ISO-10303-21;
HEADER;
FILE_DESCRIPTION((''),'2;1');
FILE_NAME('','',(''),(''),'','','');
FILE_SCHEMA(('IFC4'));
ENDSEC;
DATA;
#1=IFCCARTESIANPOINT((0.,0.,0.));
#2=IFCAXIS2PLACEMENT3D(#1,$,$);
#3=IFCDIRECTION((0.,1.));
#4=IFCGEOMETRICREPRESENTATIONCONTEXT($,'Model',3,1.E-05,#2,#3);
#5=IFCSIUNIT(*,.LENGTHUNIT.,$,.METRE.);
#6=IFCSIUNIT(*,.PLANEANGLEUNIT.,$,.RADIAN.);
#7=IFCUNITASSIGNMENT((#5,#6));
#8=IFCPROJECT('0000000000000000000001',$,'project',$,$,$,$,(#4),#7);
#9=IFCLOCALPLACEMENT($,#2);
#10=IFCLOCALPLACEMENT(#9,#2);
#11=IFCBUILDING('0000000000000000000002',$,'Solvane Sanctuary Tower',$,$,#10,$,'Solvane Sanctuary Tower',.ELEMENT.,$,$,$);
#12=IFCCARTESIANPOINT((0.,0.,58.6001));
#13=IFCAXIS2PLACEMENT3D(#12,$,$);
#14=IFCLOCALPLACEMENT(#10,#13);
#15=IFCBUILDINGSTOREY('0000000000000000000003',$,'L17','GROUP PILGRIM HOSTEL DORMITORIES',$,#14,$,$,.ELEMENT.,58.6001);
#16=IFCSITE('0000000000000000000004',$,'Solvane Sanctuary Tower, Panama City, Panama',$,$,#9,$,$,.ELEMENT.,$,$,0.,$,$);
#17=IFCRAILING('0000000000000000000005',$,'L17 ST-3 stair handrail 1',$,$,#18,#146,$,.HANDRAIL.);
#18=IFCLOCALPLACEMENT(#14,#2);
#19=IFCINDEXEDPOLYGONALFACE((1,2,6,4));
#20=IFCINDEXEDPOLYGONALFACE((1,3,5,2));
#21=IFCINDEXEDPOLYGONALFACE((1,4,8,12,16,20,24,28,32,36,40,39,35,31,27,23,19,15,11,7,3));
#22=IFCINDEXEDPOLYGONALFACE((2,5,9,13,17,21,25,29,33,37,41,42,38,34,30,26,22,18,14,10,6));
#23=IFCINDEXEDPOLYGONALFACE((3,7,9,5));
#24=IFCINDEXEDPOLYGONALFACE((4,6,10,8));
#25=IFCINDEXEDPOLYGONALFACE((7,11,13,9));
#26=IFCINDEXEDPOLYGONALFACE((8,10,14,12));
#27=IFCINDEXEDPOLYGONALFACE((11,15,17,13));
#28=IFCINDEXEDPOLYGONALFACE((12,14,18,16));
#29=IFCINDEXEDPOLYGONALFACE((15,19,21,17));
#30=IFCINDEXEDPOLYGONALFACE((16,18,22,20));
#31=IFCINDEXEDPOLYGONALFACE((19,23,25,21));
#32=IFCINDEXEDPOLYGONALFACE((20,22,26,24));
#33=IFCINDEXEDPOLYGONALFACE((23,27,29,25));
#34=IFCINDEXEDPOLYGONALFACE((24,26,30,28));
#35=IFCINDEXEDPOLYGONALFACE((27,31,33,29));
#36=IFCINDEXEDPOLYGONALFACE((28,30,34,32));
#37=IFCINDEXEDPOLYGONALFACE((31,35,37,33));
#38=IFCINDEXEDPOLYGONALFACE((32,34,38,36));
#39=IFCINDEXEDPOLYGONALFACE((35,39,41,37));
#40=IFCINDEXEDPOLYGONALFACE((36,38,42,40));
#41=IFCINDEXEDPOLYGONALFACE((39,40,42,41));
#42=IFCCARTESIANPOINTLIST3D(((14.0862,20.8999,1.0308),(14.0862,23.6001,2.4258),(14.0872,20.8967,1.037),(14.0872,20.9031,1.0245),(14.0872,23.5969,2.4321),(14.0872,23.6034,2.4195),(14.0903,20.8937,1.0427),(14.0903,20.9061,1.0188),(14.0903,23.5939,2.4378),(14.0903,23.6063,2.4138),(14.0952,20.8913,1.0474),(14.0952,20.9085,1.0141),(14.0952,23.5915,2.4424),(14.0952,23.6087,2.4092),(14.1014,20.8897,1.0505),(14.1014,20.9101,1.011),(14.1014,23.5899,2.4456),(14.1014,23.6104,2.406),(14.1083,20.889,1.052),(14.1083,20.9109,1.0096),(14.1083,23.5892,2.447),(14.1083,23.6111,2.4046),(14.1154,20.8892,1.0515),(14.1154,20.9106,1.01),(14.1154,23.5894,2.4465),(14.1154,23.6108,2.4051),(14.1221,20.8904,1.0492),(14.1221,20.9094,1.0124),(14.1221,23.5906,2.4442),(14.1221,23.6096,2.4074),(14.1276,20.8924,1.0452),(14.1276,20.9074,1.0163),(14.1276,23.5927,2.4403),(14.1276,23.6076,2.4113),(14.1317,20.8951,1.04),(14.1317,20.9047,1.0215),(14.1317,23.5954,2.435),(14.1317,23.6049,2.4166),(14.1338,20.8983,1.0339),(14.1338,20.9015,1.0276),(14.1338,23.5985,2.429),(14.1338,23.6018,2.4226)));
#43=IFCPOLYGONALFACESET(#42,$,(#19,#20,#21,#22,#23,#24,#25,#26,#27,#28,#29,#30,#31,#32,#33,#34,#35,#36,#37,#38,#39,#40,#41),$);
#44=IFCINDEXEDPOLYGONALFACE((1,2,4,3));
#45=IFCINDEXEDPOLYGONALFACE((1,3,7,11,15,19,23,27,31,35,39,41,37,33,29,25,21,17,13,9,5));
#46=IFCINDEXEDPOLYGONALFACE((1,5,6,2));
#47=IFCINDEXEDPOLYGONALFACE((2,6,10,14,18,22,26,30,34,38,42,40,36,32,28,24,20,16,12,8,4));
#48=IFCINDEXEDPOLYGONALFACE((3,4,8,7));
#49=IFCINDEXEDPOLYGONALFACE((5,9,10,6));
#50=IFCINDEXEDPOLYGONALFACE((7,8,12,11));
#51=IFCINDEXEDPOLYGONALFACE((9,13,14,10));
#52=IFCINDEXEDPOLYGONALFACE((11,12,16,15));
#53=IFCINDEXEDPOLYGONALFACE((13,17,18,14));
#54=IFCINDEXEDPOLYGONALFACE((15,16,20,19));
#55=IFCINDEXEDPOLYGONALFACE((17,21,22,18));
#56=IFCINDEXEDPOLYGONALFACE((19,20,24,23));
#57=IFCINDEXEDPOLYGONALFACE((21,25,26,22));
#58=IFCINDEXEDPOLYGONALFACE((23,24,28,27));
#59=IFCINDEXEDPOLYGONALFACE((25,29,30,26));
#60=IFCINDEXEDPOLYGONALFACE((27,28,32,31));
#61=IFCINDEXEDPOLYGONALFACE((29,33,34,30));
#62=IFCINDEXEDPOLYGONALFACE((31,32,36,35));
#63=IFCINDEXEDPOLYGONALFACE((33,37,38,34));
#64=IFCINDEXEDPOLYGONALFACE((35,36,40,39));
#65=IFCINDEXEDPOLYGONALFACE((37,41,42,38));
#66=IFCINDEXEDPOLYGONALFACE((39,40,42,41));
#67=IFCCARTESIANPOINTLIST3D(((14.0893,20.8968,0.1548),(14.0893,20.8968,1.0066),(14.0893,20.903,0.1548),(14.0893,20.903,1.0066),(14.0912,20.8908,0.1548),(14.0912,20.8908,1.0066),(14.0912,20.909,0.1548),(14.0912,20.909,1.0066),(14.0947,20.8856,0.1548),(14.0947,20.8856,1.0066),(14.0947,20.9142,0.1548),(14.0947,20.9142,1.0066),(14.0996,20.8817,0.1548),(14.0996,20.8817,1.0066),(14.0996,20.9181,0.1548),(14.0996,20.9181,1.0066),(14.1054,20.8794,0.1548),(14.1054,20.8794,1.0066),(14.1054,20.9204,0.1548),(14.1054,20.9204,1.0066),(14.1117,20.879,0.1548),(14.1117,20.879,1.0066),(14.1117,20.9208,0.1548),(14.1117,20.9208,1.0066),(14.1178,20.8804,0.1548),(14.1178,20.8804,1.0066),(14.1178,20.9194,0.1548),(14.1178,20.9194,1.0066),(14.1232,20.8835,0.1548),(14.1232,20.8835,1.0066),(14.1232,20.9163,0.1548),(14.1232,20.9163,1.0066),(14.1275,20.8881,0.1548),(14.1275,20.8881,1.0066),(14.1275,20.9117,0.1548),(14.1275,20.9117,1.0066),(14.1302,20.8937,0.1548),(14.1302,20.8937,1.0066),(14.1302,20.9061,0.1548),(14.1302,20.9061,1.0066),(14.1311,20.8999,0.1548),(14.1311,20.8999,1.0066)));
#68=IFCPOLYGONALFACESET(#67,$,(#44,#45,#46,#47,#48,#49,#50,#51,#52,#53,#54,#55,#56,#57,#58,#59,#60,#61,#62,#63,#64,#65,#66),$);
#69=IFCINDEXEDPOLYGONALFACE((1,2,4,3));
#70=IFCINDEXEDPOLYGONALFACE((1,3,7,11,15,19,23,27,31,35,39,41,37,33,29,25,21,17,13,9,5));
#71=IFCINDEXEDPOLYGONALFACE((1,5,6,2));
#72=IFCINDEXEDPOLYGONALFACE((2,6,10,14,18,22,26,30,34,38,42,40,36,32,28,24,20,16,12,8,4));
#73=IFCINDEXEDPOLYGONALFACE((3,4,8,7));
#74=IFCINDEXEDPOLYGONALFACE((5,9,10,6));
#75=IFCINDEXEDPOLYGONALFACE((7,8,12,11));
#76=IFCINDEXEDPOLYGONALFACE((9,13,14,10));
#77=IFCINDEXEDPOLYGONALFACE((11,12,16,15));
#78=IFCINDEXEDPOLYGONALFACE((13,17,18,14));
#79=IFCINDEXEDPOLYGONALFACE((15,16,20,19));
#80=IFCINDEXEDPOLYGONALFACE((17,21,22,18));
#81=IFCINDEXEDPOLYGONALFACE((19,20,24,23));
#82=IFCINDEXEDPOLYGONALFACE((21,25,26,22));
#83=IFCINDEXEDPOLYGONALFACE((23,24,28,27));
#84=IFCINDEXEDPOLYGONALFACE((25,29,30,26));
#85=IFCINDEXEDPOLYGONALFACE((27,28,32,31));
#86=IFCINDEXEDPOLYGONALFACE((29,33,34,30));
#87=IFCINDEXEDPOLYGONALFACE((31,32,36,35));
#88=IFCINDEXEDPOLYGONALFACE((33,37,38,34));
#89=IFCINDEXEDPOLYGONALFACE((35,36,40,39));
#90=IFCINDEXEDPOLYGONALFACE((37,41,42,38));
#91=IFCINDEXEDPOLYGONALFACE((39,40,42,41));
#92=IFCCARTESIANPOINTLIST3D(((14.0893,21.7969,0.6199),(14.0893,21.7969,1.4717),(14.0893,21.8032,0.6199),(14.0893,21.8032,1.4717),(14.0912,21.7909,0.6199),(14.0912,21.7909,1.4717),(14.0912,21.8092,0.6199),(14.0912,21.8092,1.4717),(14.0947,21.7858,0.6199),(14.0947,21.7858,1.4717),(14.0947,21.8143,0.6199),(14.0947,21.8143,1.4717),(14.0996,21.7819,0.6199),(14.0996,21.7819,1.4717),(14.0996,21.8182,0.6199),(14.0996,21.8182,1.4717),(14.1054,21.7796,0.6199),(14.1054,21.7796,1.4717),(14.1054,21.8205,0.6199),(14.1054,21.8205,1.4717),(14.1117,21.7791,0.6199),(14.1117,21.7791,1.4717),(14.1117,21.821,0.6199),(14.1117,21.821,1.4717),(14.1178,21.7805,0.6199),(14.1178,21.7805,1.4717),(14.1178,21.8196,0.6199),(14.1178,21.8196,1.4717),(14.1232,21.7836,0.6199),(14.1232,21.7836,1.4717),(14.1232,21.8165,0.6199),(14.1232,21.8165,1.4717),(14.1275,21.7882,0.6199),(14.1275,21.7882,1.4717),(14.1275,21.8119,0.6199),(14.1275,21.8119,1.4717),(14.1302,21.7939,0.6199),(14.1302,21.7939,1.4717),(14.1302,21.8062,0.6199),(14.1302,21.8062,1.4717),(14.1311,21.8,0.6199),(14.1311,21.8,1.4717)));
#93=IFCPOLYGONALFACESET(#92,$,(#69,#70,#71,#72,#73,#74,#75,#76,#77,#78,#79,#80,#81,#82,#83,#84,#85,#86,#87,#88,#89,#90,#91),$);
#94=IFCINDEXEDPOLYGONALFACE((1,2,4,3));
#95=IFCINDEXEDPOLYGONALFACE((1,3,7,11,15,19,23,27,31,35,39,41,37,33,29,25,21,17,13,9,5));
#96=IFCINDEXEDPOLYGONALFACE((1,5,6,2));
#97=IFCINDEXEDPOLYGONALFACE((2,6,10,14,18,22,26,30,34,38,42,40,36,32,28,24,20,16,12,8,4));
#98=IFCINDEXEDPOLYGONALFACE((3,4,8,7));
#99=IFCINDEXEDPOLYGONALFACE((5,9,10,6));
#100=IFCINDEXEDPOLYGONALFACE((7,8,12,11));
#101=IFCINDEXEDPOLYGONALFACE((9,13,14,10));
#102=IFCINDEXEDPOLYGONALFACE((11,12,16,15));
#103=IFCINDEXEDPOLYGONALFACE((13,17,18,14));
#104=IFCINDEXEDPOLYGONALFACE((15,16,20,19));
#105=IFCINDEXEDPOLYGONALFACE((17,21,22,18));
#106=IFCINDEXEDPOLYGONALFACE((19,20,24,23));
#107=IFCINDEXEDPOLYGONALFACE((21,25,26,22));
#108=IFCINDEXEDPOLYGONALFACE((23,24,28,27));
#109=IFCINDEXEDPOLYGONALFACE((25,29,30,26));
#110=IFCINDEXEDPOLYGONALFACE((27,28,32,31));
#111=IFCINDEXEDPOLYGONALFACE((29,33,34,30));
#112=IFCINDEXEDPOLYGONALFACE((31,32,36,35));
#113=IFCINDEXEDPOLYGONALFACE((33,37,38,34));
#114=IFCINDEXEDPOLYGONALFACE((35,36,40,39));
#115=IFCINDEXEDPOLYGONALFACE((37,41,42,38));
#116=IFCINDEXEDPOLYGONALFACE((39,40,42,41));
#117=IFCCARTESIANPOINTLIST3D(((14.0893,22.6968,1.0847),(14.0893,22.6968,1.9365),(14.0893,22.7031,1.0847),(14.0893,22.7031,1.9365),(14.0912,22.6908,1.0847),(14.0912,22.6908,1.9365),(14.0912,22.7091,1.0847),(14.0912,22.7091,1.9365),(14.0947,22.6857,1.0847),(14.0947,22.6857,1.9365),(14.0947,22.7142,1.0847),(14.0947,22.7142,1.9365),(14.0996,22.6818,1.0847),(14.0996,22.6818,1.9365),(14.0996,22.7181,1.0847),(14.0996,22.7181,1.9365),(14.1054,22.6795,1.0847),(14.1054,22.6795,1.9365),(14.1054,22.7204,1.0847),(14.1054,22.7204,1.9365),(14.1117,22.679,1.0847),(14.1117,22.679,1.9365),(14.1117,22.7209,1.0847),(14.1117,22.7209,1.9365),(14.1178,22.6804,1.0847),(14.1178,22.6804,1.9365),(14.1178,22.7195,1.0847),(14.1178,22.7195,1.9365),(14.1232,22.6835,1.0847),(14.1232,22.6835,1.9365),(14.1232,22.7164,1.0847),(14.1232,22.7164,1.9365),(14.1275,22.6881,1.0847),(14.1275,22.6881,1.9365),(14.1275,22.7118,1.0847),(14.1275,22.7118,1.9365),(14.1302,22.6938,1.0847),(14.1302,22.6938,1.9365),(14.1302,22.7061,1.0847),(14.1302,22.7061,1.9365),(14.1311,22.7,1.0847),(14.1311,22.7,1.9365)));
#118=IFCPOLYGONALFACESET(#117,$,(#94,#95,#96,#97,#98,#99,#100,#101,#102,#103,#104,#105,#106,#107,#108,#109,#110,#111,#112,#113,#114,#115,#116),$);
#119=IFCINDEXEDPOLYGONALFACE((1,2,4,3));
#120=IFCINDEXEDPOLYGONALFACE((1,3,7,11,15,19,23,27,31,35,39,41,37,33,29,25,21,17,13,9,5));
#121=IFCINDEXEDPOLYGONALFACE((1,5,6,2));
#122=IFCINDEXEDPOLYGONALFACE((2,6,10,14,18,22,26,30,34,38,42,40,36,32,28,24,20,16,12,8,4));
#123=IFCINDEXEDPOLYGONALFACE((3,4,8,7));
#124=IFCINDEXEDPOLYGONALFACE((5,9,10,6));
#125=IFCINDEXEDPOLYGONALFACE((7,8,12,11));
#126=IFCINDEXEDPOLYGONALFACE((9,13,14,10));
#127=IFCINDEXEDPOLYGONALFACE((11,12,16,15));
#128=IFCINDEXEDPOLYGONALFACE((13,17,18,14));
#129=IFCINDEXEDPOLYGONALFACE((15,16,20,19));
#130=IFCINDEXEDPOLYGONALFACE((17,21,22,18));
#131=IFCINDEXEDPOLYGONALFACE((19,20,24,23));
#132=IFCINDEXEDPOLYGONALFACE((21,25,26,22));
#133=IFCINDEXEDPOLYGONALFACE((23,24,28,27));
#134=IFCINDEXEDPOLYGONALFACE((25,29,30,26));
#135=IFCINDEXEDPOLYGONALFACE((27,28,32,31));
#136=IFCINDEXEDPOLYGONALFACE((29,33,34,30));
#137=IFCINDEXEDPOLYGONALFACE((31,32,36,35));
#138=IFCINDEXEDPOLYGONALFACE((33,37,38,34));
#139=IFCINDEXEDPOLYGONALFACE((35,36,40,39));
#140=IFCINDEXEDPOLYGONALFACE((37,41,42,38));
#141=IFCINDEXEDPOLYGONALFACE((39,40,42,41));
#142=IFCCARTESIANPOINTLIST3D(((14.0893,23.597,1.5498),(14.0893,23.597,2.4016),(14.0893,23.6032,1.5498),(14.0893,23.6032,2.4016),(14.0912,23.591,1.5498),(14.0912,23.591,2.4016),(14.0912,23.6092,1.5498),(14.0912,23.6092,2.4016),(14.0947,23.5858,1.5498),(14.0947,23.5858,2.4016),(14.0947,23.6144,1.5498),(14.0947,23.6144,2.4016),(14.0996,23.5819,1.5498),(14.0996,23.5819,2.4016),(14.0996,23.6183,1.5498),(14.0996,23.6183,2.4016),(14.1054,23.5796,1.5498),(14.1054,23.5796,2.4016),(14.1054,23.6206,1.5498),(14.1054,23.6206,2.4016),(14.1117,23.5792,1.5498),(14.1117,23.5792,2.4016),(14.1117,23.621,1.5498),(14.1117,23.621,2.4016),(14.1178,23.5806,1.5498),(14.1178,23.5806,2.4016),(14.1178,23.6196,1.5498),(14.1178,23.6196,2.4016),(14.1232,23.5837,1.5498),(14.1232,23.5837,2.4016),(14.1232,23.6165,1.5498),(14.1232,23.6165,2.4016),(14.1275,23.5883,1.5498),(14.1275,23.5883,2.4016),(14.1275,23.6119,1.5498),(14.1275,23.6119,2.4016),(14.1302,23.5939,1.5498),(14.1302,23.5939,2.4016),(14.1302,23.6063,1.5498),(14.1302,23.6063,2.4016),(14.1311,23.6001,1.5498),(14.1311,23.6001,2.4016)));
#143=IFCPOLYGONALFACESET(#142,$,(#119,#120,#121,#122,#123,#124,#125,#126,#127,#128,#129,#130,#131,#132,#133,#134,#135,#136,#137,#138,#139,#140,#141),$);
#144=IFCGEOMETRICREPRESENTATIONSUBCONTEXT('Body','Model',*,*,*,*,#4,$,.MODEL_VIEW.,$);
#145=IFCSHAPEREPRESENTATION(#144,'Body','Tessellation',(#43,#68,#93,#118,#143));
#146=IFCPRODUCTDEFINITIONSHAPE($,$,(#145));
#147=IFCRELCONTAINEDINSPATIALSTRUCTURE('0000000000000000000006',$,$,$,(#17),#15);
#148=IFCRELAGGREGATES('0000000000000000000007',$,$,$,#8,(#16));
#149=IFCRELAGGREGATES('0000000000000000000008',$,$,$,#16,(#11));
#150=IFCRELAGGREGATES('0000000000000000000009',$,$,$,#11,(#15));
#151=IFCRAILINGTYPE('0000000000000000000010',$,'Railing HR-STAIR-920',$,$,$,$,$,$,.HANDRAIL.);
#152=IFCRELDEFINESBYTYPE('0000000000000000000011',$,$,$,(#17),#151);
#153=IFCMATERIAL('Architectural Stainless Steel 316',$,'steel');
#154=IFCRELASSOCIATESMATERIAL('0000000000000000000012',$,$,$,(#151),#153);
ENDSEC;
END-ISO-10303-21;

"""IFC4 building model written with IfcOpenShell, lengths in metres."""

from ifc_helpers import new_model, si_unit, direction, frame, origin, origin_2d, place, context, subcontext, project, spatial, circle, extrude, material, type_object, element, save


model = new_model("IFC4")

# Units and contexts
model_context = context("Model", 3, precision=1e-05, world=origin(), true_north=direction((0.0, 1.0)))
body_context = subcontext(model_context, "Body", "Model", "MODEL_VIEW")
ifc_project = project(units=[si_unit("LENGTHUNIT", "METRE"), si_unit("PLANEANGLEUNIT", "RADIAN")], contexts=[model_context])

# Site, building, storey
site_placement = place(None, origin())
site = spatial("IfcSite", under=ifc_project, at=site_placement, Name="Solvane Sanctuary Tower, Panama City, Panama", CompositionType="ELEMENT", RefElevation=0.0)
building_placement = place(site_placement, origin())
building = spatial("IfcBuilding", under=site, at=building_placement, Name="Solvane Sanctuary Tower", LongName="Solvane Sanctuary Tower", CompositionType="ELEMENT")
storey_placement = place(building_placement, frame((0.0, 0.0, 58.6001)))
storey = spatial("IfcBuildingStorey", under=building, at=storey_placement, Name="L17", Description="GROUP PILGRIM HOSTEL DORMITORIES", CompositionType="ELEMENT", Elevation=58.6001)

# Railing
ifc_material_1 = material(Name="Architectural Stainless Steel 316", Category="steel")
railing_type_1 = type_object("IfcRailingType", Name="Railing HR-STAIR-920", PredefinedType="HANDRAIL", material=ifc_material_1)
railing_1_placement = place(storey_placement, frame((14.1101, 20.8999, 0.1548)))
element("IfcRailing", 1, at=railing_1_placement, inside=storey, type_object=railing_type_1, Name="L17 ST-3 stair handrail 1", PredefinedType="HANDRAIL", context=body_context, shape_type="SweptSolid", body=[
    extrude(circle(Radius=0.0239, at=origin_2d()), frame((0.0, 0.0, 0.876), z_axis=(0.0, 0.888437, 0.458999), x_axis=(-1.0, 0.0, 0.0)), (0.0, 0.0, 1.0), 3.0393),
    extrude(circle(Radius=0.021, at=origin_2d()), origin(), (0.0, 0.0, 1.0), 0.8518),
    extrude(circle(Radius=0.021, at=origin_2d()), frame((0.0, 0.9001, 0.4651)), (0.0, 0.0, 1.0), 0.8518),
    extrude(circle(Radius=0.021, at=origin_2d()), frame((0.0, 1.8, 0.9299)), (0.0, 0.0, 1.0), 0.8518),
    extrude(circle(Radius=0.021, at=origin_2d()), frame((0.0, 2.7002, 1.395)), (0.0, 0.0, 1.0), 0.8518),
])

save(model, "model.ifc")
